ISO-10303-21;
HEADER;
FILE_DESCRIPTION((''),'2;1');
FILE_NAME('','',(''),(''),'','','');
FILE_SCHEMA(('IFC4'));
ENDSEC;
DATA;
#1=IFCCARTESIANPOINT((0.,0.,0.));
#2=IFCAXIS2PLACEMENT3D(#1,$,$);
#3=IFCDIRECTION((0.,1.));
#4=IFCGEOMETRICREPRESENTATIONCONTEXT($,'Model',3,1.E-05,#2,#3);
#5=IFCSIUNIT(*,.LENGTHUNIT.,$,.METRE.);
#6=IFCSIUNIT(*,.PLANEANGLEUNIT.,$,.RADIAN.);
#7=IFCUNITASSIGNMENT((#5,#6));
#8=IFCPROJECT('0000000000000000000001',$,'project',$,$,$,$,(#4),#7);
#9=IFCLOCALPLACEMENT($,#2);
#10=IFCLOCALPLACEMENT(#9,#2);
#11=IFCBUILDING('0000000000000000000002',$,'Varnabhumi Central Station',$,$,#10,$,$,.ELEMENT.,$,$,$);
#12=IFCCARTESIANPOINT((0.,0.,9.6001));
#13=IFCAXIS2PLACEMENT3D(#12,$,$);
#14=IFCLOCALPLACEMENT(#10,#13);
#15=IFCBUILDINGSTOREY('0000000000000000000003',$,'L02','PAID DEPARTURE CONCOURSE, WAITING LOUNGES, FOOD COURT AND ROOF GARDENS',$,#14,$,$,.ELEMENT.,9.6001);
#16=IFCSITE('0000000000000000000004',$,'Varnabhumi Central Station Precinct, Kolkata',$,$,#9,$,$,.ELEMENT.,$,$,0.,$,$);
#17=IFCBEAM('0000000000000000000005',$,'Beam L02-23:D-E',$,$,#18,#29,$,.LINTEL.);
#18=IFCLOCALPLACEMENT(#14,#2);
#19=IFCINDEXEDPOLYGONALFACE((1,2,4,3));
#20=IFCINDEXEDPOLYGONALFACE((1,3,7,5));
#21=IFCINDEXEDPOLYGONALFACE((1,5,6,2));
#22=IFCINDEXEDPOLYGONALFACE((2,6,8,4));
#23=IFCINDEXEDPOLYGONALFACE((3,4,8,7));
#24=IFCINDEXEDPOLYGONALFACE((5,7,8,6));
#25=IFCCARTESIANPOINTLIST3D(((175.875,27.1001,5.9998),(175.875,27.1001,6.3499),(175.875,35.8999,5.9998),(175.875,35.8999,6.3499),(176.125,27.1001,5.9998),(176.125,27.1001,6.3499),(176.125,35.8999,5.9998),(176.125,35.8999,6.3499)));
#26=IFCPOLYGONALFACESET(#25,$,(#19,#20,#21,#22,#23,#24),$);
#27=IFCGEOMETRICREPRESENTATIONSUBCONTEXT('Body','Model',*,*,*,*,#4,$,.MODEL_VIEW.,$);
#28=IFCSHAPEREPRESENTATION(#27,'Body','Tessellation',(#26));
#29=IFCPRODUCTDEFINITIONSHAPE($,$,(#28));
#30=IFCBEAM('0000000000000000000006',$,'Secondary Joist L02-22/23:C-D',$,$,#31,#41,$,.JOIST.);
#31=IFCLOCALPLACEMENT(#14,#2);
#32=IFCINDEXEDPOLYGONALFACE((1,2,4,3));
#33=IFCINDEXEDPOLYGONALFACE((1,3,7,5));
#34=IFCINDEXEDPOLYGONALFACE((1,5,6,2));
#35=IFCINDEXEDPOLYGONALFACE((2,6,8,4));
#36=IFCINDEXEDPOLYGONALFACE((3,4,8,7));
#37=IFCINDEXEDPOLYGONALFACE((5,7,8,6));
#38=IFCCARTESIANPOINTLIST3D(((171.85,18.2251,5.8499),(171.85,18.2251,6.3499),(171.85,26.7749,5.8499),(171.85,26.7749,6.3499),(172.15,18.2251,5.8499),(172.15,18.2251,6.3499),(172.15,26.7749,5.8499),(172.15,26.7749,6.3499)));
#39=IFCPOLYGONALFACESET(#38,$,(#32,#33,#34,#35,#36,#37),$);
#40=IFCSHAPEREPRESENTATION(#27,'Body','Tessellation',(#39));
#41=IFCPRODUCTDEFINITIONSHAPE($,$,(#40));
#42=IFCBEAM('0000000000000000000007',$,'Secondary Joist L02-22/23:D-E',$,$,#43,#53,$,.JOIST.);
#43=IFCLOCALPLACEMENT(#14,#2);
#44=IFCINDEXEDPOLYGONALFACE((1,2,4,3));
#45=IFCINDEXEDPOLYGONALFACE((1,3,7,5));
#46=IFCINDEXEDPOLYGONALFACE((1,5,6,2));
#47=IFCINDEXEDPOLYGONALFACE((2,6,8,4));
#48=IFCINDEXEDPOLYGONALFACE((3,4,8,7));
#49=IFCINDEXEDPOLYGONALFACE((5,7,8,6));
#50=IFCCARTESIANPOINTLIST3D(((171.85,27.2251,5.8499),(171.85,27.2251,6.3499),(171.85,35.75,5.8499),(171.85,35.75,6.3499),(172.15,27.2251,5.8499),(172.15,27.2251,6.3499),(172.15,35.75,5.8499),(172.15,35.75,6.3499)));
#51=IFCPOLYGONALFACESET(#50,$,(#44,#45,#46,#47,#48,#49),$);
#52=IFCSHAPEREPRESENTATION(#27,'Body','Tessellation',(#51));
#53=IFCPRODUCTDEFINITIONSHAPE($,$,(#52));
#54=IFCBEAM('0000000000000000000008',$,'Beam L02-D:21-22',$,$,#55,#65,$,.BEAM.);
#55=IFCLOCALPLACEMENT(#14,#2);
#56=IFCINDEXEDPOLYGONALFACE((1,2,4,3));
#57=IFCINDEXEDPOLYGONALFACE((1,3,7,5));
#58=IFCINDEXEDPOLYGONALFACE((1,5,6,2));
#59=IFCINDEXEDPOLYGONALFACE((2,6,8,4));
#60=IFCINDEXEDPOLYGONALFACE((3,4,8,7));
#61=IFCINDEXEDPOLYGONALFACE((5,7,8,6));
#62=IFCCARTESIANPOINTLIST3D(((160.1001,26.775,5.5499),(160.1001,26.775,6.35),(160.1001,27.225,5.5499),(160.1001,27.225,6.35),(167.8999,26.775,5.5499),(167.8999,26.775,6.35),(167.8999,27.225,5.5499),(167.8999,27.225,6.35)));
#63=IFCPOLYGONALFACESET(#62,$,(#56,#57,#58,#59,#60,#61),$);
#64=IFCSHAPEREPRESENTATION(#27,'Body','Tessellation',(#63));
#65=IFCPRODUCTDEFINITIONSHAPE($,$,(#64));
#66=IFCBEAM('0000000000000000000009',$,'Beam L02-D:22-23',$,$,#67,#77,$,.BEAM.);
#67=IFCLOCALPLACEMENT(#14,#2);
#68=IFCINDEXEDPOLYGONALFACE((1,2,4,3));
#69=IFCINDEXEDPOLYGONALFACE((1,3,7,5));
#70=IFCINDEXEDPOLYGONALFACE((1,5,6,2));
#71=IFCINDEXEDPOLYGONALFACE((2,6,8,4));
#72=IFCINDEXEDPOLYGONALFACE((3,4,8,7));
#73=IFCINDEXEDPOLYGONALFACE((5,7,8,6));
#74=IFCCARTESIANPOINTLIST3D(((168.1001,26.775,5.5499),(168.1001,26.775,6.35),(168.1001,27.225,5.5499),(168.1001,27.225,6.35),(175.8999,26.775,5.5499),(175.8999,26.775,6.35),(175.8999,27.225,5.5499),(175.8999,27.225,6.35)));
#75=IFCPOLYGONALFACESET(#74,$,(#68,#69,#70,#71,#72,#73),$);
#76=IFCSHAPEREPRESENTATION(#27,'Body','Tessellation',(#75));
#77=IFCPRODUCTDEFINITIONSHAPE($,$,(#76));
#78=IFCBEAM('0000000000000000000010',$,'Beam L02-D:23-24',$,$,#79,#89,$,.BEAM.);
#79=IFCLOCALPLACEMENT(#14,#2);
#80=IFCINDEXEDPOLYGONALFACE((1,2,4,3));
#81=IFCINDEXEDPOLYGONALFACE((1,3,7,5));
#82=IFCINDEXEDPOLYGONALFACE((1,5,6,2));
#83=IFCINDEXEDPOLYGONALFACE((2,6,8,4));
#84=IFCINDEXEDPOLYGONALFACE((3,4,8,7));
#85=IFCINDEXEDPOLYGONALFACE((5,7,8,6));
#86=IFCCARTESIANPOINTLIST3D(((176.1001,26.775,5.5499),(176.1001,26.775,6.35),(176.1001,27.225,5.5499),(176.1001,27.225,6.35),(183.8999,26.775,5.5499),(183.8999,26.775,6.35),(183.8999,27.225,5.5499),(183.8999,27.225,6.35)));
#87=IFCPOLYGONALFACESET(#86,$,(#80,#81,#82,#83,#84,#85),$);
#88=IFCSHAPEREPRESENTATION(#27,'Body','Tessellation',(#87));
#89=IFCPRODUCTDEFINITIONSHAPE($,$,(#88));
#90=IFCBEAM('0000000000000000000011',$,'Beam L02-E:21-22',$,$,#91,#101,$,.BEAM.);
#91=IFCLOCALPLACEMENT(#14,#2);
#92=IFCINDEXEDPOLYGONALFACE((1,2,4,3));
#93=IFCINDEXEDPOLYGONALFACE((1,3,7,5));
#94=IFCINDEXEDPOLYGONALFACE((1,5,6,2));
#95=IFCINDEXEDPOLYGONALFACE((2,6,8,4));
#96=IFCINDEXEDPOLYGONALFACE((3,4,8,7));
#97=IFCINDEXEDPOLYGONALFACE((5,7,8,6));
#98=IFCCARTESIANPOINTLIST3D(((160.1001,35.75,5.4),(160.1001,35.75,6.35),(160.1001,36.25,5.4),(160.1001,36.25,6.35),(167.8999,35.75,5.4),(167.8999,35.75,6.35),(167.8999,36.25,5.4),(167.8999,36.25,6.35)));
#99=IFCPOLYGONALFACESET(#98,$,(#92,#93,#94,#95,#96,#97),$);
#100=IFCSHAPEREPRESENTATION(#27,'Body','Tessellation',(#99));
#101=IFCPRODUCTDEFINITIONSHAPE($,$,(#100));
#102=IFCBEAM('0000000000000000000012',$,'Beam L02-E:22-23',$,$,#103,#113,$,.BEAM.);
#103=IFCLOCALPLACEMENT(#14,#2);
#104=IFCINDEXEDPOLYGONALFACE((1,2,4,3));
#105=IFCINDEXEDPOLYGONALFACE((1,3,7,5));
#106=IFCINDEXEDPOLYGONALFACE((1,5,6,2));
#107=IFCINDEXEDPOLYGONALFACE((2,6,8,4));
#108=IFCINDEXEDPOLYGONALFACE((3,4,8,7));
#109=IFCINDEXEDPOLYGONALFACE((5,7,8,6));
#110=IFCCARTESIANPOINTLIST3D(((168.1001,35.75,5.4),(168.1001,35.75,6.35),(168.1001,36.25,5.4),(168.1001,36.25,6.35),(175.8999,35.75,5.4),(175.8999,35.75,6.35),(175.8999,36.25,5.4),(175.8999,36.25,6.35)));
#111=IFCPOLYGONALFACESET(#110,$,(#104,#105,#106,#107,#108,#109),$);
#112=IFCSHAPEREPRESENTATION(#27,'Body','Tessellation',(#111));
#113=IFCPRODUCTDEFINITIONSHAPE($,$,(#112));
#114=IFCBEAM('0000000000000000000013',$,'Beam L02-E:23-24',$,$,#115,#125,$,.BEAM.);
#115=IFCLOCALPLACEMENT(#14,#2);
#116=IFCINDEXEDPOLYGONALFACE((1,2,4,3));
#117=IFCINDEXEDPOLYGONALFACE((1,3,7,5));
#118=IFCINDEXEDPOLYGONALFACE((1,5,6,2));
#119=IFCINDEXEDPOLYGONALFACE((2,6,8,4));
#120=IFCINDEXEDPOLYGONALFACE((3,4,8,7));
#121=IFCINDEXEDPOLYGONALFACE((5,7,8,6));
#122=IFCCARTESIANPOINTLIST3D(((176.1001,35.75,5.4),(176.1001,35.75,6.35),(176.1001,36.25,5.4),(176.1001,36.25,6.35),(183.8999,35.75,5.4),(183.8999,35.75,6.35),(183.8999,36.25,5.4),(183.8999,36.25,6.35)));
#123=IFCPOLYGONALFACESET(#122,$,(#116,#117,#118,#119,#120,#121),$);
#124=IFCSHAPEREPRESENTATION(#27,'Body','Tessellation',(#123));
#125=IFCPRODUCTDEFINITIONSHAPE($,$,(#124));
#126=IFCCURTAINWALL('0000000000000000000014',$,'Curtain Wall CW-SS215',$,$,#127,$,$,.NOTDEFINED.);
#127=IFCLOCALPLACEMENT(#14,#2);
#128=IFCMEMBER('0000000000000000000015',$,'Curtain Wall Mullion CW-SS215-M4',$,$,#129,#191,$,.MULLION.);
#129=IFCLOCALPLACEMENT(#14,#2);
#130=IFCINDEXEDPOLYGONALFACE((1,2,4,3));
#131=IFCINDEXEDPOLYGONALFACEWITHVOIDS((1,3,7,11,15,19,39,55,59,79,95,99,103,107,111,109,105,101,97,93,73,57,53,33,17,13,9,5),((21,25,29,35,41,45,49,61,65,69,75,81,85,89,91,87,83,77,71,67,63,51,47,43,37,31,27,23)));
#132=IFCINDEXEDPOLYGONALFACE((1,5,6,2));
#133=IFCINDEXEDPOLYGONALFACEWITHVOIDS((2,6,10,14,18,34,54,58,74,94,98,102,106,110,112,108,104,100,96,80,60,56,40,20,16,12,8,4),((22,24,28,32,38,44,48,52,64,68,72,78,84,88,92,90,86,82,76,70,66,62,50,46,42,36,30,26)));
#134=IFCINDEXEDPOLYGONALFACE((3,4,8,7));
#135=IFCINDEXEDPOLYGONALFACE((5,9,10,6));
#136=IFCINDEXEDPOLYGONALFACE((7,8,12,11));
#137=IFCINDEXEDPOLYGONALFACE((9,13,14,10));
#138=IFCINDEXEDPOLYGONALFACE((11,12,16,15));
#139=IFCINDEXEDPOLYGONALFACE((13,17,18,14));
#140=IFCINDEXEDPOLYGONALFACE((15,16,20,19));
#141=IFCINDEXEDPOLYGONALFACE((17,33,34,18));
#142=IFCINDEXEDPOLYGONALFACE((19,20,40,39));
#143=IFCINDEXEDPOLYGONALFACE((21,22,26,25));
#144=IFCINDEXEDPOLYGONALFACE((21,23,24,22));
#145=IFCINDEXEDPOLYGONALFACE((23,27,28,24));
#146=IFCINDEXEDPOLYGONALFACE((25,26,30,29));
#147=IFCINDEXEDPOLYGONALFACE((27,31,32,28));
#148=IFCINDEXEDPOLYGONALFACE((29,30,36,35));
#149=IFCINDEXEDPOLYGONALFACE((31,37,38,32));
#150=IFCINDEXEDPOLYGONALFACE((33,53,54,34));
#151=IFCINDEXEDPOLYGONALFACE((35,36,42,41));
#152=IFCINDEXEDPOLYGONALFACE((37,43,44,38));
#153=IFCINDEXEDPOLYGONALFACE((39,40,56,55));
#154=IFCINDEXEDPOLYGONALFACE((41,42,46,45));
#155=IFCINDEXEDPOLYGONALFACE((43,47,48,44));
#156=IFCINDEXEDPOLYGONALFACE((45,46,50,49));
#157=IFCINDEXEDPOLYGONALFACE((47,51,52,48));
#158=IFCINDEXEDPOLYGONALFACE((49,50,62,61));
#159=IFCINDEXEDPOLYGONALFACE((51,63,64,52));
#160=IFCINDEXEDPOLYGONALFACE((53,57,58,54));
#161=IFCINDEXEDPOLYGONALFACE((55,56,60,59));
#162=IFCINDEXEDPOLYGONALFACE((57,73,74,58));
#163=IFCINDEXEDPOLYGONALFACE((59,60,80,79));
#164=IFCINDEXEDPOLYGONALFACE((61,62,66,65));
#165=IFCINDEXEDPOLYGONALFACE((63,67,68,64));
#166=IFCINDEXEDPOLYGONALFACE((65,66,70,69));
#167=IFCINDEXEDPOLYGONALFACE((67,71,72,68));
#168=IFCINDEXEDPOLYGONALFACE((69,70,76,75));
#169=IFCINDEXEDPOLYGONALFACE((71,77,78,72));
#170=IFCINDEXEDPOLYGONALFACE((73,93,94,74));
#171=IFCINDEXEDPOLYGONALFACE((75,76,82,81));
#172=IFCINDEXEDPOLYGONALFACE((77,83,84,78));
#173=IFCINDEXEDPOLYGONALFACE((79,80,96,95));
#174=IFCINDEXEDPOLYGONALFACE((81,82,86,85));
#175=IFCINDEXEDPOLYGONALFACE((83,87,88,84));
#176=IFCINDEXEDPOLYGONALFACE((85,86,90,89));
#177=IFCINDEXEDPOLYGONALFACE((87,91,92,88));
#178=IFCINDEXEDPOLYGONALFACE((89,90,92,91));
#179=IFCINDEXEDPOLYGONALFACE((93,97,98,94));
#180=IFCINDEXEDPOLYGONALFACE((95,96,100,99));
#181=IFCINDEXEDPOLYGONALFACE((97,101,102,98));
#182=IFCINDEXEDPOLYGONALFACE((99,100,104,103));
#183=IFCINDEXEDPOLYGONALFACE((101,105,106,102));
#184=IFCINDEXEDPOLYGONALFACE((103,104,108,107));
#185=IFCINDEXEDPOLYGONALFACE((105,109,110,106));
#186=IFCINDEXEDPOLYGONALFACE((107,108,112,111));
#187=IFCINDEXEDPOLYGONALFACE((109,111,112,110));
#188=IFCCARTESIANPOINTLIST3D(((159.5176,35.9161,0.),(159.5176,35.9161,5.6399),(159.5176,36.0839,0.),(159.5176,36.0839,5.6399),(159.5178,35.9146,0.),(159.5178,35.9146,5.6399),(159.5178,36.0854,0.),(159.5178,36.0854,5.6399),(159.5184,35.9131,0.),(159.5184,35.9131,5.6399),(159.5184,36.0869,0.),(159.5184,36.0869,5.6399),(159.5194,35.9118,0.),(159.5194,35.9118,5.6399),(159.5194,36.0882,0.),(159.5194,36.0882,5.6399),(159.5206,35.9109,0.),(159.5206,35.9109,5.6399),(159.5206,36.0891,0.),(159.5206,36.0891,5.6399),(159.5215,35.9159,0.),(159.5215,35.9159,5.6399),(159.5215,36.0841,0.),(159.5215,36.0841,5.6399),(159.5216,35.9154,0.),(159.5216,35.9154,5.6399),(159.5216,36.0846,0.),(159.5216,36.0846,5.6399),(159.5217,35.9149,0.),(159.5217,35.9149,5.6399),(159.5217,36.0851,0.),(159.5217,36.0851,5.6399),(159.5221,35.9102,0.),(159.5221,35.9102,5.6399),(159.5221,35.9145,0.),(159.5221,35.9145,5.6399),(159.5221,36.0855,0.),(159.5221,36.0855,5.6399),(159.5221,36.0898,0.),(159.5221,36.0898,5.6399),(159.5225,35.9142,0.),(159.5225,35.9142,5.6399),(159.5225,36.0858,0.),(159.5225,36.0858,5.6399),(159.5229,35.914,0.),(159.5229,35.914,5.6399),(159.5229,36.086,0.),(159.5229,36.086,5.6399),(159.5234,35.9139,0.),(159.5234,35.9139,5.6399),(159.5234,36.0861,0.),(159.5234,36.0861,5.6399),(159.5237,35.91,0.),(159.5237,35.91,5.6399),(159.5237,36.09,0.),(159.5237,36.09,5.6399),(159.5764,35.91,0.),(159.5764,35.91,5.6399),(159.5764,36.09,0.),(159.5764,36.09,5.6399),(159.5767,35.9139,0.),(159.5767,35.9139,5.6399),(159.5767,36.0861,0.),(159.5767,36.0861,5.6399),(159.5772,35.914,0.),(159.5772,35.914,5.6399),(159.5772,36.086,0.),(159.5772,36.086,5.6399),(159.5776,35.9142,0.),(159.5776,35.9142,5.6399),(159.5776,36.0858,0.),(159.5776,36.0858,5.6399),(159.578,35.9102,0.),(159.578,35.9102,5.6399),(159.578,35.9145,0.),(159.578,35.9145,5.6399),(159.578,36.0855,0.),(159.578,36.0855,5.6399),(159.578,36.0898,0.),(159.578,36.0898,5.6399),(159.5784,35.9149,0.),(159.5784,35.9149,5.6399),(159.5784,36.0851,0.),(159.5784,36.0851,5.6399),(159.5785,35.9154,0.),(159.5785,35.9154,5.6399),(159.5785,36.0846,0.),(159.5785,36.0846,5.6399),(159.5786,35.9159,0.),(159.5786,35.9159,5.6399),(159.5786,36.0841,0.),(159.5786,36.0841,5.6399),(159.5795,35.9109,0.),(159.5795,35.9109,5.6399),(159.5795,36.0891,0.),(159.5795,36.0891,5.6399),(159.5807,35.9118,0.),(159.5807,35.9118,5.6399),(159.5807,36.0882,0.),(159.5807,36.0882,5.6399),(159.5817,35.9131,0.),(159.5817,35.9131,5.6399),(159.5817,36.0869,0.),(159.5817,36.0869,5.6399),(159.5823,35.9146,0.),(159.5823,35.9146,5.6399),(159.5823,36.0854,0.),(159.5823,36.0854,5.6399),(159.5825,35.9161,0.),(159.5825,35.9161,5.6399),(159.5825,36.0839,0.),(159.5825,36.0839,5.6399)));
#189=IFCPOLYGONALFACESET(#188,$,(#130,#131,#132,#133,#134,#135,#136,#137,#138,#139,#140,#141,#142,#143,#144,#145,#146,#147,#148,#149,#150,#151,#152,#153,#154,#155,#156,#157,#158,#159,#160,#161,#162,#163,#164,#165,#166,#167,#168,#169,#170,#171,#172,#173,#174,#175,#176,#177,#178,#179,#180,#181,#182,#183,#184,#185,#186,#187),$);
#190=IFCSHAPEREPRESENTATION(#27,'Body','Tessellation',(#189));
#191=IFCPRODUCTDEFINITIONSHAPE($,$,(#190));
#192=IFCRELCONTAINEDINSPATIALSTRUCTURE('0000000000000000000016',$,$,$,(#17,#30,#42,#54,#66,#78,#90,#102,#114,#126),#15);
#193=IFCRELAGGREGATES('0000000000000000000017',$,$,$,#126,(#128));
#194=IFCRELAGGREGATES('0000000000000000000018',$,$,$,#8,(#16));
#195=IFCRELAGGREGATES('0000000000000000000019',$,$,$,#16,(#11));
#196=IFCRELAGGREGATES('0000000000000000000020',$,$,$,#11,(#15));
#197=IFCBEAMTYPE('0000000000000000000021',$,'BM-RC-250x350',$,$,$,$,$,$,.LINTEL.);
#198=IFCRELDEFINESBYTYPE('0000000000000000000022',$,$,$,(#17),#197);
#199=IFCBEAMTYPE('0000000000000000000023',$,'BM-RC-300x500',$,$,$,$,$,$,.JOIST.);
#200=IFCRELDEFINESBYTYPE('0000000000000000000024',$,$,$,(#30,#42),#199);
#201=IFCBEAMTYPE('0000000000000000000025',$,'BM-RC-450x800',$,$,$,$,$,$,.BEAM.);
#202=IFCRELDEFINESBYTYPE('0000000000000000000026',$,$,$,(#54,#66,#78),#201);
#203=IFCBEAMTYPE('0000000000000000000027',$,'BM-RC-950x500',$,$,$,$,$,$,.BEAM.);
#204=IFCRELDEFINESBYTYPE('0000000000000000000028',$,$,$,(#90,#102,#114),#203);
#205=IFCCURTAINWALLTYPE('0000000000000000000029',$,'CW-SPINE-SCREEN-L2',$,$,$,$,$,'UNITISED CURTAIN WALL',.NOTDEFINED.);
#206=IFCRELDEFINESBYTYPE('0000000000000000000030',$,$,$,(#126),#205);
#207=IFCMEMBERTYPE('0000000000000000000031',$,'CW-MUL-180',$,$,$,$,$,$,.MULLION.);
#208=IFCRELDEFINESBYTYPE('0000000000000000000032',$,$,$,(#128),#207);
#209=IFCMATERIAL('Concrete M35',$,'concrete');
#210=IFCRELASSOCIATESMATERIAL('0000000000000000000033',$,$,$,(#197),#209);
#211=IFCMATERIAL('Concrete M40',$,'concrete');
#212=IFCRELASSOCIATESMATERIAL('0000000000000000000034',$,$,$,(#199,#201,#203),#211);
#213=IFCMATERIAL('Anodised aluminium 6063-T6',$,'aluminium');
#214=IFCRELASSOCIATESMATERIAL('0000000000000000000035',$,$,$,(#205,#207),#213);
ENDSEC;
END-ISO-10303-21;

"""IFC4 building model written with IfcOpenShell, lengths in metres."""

from ifc_helpers import new_model, si_unit, direction, frame, origin, origin_2d, place, context, subcontext, project, spatial, rectangle, hollow_rectangle, extrude, material, material_profile, profile_set, type_object, element, aggregate, save


model = new_model("IFC4")

# Units and contexts
model_context = context("Model", 3, precision=1e-05, world=origin(), true_north=direction((0.0, 1.0)))
body_context = subcontext(model_context, "Body", "Model", "MODEL_VIEW")
ifc_project = project(units=[si_unit("LENGTHUNIT", "METRE"), si_unit("PLANEANGLEUNIT", "RADIAN")], contexts=[model_context])

# Site, building, storey
site_placement = place(None, origin())
site = spatial("IfcSite", under=ifc_project, at=site_placement, Name="Varnabhumi Central Station Precinct, Kolkata", CompositionType="ELEMENT", RefElevation=0.0)
building_placement = place(site_placement, origin())
building = spatial("IfcBuilding", under=site, at=building_placement, Name="Varnabhumi Central Station", CompositionType="ELEMENT")
storey_placement = place(building_placement, frame((0.0, 0.0, 9.6001)))
storey = spatial("IfcBuildingStorey", under=building, at=storey_placement, Name="L02", Description="PAID DEPARTURE CONCOURSE, WAITING LOUNGES, FOOD COURT AND ROOF GARDENS", CompositionType="ELEMENT", Elevation=9.6001)

# Shared definitions
ifc_material_1 = material(Name="Concrete M40", Category="concrete")

# Beams
ifc_material_2 = material(Name="Concrete M35", Category="concrete")
ifc_material_profile_1 = material_profile(ifc_material_2, rectangle(XDim=0.25, YDim=0.3501, at=origin_2d()), Name="Concrete M35", Category="concrete")
ifc_profile_set_1 = profile_set([ifc_material_profile_1], Name="Concrete M35")
beam_type_1 = type_object("IfcBeamType", Name="BM-RC-250x350", PredefinedType="LINTEL", material=ifc_profile_set_1)
for number, where, z_axis, x_axis, name in (
    (1, (176.0, 27.1001, 6.1748), (0.0, 1.0, 0.0), (-1.0, 0.0, 0.0), "Beam L02-23:D-E"),
):
    element("IfcBeam", number, at=place(storey_placement, frame(where, z_axis=z_axis, x_axis=x_axis)), inside=storey, type_object=beam_type_1, Name=name, PredefinedType="LINTEL", context=body_context, shape_type="SweptSolid", body=[
        extrude(rectangle(XDim=0.25, YDim=0.3501, at=origin_2d()), origin(), (0.0, 0.0, 1.0), 8.7998),
    ])
ifc_material_profile_2 = material_profile(ifc_material_1, rectangle(XDim=0.3, YDim=0.5, at=origin_2d()), Name="Concrete M40", Category="concrete")
ifc_profile_set_2 = profile_set([ifc_material_profile_2], Name="Concrete M40")
beam_type_2 = type_object("IfcBeamType", Name="BM-RC-300x500", PredefinedType="JOIST", material=ifc_profile_set_2)
beam_1_placement = place(storey_placement, frame((172.0, 18.2251, 6.0999), z_axis=(0.0, 1.0, 0.0), x_axis=(-1.0, 0.0, 0.0)))
element("IfcBeam", 2, at=beam_1_placement, inside=storey, type_object=beam_type_2, Name="Secondary Joist L02-22/23:C-D", PredefinedType="JOIST", context=body_context, shape_type="SweptSolid", body=[
    extrude(rectangle(XDim=0.3, YDim=0.5, at=origin_2d()), origin(), (0.0, 0.0, 1.0), 8.5498),
])
beam_2_placement = place(storey_placement, frame((172.0, 27.2251, 6.0999), z_axis=(0.0, 1.0, 0.0), x_axis=(-1.0, 0.0, 0.0)))
element("IfcBeam", 3, at=beam_2_placement, inside=storey, type_object=beam_type_2, Name="Secondary Joist L02-22/23:D-E", PredefinedType="JOIST", context=body_context, shape_type="SweptSolid", body=[
    extrude(rectangle(XDim=0.3, YDim=0.5, at=origin_2d()), origin(), (0.0, 0.0, 1.0), 8.5249),
])
ifc_material_profile_3 = material_profile(ifc_material_1, rectangle(XDim=0.45, YDim=0.8, at=origin_2d()), Name="Concrete M40", Category="concrete")
ifc_profile_set_3 = profile_set([ifc_material_profile_3], Name="Concrete M40")
beam_type_3 = type_object("IfcBeamType", Name="BM-RC-450x800", PredefinedType="BEAM", material=ifc_profile_set_3)
for number, where, z_axis, x_axis, name in (
    (4, (160.1001, 27.0, 5.95), (1.0, 0.0, 0.0), (0.0, 1.0, 0.0), "Beam L02-D:21-22"),
    (5, (168.1001, 27.0, 5.95), (1.0, 0.0, 0.0), (0.0, 1.0, 0.0), "Beam L02-D:22-23"),
    (6, (176.1001, 27.0, 5.95), (1.0, 0.0, 0.0), (0.0, 1.0, 0.0), "Beam L02-D:23-24"),
):
    element("IfcBeam", number, at=place(storey_placement, frame(where, z_axis=z_axis, x_axis=x_axis)), inside=storey, type_object=beam_type_3, Name=name, PredefinedType="BEAM", context=body_context, shape_type="SweptSolid", body=[
        extrude(rectangle(XDim=0.45, YDim=0.8, at=origin_2d()), origin(), (0.0, 0.0, 1.0), 7.7998),
    ])
ifc_material_profile_4 = material_profile(ifc_material_1, rectangle(XDim=0.5, YDim=0.95, at=origin_2d()), Name="Concrete M40", Category="concrete")
ifc_profile_set_4 = profile_set([ifc_material_profile_4], Name="Concrete M40")
beam_type_4 = type_object("IfcBeamType", Name="BM-RC-950x500", PredefinedType="BEAM", material=ifc_profile_set_4)
for number, where, z_axis, x_axis, name in (
    (7, (160.1001, 36.0, 5.875), (1.0, 0.0, 0.0), (0.0, 1.0, 0.0), "Beam L02-E:21-22"),
    (8, (168.1001, 36.0, 5.875), (1.0, 0.0, 0.0), (0.0, 1.0, 0.0), "Beam L02-E:22-23"),
    (9, (176.1001, 36.0, 5.875), (1.0, 0.0, 0.0), (0.0, 1.0, 0.0), "Beam L02-E:23-24"),
):
    element("IfcBeam", number, at=place(storey_placement, frame(where, z_axis=z_axis, x_axis=x_axis)), inside=storey, type_object=beam_type_4, Name=name, PredefinedType="BEAM", context=body_context, shape_type="SweptSolid", body=[
        extrude(rectangle(XDim=0.5, YDim=0.95, at=origin_2d()), origin(), (0.0, 0.0, 1.0), 7.7998),
    ])

# Curtain wall, member
ifc_material_3 = material(Name="Anodised aluminium 6063-T6", Category="aluminium")
curtain_wall_type = type_object("IfcCurtainWallType", Name="CW-SPINE-SCREEN-L2", ElementType="UNITISED CURTAIN WALL", PredefinedType="NOTDEFINED", material=ifc_material_3)
curtain_wall_placement = place(storey_placement, origin())
curtain_wall = element("IfcCurtainWall", 10, at=curtain_wall_placement, inside=storey, type_object=curtain_wall_type, Name="Curtain Wall CW-SS215", PredefinedType="NOTDEFINED")
ifc_material_profile_5 = material_profile(ifc_material_3, hollow_rectangle(XDim=0.0649, YDim=0.1799, WallThickness=0.0039, InnerFilletRadius=0.002, OuterFilletRadius=0.0061, at=origin_2d()), Name="Anodised aluminium 6063-T6", Category="aluminium")
ifc_profile_set_5 = profile_set([ifc_material_profile_5], Name="Anodised aluminium 6063-T6")
member_type = type_object("IfcMemberType", Name="CW-MUL-180", PredefinedType="MULLION", material=ifc_profile_set_5)
member_placement = place(storey_placement, frame((159.55, 36.0, 0.0), z_axis=(0.0, 0.0, 1.0), x_axis=(1.0, 0.0, 0.0)))
member = element("IfcMember", 11, at=member_placement, type_object=member_type, Name="Curtain Wall Mullion CW-SS215-M4", PredefinedType="MULLION", context=body_context, shape_type="SweptSolid", body=[
    extrude(hollow_rectangle(XDim=0.0649, YDim=0.1799, WallThickness=0.0039, InnerFilletRadius=0.002, OuterFilletRadius=0.0061, at=origin_2d()), origin(), (0.0, 0.0, 1.0), 5.6399),
])
aggregate(curtain_wall, [member])

save(model, "model.ifc")
